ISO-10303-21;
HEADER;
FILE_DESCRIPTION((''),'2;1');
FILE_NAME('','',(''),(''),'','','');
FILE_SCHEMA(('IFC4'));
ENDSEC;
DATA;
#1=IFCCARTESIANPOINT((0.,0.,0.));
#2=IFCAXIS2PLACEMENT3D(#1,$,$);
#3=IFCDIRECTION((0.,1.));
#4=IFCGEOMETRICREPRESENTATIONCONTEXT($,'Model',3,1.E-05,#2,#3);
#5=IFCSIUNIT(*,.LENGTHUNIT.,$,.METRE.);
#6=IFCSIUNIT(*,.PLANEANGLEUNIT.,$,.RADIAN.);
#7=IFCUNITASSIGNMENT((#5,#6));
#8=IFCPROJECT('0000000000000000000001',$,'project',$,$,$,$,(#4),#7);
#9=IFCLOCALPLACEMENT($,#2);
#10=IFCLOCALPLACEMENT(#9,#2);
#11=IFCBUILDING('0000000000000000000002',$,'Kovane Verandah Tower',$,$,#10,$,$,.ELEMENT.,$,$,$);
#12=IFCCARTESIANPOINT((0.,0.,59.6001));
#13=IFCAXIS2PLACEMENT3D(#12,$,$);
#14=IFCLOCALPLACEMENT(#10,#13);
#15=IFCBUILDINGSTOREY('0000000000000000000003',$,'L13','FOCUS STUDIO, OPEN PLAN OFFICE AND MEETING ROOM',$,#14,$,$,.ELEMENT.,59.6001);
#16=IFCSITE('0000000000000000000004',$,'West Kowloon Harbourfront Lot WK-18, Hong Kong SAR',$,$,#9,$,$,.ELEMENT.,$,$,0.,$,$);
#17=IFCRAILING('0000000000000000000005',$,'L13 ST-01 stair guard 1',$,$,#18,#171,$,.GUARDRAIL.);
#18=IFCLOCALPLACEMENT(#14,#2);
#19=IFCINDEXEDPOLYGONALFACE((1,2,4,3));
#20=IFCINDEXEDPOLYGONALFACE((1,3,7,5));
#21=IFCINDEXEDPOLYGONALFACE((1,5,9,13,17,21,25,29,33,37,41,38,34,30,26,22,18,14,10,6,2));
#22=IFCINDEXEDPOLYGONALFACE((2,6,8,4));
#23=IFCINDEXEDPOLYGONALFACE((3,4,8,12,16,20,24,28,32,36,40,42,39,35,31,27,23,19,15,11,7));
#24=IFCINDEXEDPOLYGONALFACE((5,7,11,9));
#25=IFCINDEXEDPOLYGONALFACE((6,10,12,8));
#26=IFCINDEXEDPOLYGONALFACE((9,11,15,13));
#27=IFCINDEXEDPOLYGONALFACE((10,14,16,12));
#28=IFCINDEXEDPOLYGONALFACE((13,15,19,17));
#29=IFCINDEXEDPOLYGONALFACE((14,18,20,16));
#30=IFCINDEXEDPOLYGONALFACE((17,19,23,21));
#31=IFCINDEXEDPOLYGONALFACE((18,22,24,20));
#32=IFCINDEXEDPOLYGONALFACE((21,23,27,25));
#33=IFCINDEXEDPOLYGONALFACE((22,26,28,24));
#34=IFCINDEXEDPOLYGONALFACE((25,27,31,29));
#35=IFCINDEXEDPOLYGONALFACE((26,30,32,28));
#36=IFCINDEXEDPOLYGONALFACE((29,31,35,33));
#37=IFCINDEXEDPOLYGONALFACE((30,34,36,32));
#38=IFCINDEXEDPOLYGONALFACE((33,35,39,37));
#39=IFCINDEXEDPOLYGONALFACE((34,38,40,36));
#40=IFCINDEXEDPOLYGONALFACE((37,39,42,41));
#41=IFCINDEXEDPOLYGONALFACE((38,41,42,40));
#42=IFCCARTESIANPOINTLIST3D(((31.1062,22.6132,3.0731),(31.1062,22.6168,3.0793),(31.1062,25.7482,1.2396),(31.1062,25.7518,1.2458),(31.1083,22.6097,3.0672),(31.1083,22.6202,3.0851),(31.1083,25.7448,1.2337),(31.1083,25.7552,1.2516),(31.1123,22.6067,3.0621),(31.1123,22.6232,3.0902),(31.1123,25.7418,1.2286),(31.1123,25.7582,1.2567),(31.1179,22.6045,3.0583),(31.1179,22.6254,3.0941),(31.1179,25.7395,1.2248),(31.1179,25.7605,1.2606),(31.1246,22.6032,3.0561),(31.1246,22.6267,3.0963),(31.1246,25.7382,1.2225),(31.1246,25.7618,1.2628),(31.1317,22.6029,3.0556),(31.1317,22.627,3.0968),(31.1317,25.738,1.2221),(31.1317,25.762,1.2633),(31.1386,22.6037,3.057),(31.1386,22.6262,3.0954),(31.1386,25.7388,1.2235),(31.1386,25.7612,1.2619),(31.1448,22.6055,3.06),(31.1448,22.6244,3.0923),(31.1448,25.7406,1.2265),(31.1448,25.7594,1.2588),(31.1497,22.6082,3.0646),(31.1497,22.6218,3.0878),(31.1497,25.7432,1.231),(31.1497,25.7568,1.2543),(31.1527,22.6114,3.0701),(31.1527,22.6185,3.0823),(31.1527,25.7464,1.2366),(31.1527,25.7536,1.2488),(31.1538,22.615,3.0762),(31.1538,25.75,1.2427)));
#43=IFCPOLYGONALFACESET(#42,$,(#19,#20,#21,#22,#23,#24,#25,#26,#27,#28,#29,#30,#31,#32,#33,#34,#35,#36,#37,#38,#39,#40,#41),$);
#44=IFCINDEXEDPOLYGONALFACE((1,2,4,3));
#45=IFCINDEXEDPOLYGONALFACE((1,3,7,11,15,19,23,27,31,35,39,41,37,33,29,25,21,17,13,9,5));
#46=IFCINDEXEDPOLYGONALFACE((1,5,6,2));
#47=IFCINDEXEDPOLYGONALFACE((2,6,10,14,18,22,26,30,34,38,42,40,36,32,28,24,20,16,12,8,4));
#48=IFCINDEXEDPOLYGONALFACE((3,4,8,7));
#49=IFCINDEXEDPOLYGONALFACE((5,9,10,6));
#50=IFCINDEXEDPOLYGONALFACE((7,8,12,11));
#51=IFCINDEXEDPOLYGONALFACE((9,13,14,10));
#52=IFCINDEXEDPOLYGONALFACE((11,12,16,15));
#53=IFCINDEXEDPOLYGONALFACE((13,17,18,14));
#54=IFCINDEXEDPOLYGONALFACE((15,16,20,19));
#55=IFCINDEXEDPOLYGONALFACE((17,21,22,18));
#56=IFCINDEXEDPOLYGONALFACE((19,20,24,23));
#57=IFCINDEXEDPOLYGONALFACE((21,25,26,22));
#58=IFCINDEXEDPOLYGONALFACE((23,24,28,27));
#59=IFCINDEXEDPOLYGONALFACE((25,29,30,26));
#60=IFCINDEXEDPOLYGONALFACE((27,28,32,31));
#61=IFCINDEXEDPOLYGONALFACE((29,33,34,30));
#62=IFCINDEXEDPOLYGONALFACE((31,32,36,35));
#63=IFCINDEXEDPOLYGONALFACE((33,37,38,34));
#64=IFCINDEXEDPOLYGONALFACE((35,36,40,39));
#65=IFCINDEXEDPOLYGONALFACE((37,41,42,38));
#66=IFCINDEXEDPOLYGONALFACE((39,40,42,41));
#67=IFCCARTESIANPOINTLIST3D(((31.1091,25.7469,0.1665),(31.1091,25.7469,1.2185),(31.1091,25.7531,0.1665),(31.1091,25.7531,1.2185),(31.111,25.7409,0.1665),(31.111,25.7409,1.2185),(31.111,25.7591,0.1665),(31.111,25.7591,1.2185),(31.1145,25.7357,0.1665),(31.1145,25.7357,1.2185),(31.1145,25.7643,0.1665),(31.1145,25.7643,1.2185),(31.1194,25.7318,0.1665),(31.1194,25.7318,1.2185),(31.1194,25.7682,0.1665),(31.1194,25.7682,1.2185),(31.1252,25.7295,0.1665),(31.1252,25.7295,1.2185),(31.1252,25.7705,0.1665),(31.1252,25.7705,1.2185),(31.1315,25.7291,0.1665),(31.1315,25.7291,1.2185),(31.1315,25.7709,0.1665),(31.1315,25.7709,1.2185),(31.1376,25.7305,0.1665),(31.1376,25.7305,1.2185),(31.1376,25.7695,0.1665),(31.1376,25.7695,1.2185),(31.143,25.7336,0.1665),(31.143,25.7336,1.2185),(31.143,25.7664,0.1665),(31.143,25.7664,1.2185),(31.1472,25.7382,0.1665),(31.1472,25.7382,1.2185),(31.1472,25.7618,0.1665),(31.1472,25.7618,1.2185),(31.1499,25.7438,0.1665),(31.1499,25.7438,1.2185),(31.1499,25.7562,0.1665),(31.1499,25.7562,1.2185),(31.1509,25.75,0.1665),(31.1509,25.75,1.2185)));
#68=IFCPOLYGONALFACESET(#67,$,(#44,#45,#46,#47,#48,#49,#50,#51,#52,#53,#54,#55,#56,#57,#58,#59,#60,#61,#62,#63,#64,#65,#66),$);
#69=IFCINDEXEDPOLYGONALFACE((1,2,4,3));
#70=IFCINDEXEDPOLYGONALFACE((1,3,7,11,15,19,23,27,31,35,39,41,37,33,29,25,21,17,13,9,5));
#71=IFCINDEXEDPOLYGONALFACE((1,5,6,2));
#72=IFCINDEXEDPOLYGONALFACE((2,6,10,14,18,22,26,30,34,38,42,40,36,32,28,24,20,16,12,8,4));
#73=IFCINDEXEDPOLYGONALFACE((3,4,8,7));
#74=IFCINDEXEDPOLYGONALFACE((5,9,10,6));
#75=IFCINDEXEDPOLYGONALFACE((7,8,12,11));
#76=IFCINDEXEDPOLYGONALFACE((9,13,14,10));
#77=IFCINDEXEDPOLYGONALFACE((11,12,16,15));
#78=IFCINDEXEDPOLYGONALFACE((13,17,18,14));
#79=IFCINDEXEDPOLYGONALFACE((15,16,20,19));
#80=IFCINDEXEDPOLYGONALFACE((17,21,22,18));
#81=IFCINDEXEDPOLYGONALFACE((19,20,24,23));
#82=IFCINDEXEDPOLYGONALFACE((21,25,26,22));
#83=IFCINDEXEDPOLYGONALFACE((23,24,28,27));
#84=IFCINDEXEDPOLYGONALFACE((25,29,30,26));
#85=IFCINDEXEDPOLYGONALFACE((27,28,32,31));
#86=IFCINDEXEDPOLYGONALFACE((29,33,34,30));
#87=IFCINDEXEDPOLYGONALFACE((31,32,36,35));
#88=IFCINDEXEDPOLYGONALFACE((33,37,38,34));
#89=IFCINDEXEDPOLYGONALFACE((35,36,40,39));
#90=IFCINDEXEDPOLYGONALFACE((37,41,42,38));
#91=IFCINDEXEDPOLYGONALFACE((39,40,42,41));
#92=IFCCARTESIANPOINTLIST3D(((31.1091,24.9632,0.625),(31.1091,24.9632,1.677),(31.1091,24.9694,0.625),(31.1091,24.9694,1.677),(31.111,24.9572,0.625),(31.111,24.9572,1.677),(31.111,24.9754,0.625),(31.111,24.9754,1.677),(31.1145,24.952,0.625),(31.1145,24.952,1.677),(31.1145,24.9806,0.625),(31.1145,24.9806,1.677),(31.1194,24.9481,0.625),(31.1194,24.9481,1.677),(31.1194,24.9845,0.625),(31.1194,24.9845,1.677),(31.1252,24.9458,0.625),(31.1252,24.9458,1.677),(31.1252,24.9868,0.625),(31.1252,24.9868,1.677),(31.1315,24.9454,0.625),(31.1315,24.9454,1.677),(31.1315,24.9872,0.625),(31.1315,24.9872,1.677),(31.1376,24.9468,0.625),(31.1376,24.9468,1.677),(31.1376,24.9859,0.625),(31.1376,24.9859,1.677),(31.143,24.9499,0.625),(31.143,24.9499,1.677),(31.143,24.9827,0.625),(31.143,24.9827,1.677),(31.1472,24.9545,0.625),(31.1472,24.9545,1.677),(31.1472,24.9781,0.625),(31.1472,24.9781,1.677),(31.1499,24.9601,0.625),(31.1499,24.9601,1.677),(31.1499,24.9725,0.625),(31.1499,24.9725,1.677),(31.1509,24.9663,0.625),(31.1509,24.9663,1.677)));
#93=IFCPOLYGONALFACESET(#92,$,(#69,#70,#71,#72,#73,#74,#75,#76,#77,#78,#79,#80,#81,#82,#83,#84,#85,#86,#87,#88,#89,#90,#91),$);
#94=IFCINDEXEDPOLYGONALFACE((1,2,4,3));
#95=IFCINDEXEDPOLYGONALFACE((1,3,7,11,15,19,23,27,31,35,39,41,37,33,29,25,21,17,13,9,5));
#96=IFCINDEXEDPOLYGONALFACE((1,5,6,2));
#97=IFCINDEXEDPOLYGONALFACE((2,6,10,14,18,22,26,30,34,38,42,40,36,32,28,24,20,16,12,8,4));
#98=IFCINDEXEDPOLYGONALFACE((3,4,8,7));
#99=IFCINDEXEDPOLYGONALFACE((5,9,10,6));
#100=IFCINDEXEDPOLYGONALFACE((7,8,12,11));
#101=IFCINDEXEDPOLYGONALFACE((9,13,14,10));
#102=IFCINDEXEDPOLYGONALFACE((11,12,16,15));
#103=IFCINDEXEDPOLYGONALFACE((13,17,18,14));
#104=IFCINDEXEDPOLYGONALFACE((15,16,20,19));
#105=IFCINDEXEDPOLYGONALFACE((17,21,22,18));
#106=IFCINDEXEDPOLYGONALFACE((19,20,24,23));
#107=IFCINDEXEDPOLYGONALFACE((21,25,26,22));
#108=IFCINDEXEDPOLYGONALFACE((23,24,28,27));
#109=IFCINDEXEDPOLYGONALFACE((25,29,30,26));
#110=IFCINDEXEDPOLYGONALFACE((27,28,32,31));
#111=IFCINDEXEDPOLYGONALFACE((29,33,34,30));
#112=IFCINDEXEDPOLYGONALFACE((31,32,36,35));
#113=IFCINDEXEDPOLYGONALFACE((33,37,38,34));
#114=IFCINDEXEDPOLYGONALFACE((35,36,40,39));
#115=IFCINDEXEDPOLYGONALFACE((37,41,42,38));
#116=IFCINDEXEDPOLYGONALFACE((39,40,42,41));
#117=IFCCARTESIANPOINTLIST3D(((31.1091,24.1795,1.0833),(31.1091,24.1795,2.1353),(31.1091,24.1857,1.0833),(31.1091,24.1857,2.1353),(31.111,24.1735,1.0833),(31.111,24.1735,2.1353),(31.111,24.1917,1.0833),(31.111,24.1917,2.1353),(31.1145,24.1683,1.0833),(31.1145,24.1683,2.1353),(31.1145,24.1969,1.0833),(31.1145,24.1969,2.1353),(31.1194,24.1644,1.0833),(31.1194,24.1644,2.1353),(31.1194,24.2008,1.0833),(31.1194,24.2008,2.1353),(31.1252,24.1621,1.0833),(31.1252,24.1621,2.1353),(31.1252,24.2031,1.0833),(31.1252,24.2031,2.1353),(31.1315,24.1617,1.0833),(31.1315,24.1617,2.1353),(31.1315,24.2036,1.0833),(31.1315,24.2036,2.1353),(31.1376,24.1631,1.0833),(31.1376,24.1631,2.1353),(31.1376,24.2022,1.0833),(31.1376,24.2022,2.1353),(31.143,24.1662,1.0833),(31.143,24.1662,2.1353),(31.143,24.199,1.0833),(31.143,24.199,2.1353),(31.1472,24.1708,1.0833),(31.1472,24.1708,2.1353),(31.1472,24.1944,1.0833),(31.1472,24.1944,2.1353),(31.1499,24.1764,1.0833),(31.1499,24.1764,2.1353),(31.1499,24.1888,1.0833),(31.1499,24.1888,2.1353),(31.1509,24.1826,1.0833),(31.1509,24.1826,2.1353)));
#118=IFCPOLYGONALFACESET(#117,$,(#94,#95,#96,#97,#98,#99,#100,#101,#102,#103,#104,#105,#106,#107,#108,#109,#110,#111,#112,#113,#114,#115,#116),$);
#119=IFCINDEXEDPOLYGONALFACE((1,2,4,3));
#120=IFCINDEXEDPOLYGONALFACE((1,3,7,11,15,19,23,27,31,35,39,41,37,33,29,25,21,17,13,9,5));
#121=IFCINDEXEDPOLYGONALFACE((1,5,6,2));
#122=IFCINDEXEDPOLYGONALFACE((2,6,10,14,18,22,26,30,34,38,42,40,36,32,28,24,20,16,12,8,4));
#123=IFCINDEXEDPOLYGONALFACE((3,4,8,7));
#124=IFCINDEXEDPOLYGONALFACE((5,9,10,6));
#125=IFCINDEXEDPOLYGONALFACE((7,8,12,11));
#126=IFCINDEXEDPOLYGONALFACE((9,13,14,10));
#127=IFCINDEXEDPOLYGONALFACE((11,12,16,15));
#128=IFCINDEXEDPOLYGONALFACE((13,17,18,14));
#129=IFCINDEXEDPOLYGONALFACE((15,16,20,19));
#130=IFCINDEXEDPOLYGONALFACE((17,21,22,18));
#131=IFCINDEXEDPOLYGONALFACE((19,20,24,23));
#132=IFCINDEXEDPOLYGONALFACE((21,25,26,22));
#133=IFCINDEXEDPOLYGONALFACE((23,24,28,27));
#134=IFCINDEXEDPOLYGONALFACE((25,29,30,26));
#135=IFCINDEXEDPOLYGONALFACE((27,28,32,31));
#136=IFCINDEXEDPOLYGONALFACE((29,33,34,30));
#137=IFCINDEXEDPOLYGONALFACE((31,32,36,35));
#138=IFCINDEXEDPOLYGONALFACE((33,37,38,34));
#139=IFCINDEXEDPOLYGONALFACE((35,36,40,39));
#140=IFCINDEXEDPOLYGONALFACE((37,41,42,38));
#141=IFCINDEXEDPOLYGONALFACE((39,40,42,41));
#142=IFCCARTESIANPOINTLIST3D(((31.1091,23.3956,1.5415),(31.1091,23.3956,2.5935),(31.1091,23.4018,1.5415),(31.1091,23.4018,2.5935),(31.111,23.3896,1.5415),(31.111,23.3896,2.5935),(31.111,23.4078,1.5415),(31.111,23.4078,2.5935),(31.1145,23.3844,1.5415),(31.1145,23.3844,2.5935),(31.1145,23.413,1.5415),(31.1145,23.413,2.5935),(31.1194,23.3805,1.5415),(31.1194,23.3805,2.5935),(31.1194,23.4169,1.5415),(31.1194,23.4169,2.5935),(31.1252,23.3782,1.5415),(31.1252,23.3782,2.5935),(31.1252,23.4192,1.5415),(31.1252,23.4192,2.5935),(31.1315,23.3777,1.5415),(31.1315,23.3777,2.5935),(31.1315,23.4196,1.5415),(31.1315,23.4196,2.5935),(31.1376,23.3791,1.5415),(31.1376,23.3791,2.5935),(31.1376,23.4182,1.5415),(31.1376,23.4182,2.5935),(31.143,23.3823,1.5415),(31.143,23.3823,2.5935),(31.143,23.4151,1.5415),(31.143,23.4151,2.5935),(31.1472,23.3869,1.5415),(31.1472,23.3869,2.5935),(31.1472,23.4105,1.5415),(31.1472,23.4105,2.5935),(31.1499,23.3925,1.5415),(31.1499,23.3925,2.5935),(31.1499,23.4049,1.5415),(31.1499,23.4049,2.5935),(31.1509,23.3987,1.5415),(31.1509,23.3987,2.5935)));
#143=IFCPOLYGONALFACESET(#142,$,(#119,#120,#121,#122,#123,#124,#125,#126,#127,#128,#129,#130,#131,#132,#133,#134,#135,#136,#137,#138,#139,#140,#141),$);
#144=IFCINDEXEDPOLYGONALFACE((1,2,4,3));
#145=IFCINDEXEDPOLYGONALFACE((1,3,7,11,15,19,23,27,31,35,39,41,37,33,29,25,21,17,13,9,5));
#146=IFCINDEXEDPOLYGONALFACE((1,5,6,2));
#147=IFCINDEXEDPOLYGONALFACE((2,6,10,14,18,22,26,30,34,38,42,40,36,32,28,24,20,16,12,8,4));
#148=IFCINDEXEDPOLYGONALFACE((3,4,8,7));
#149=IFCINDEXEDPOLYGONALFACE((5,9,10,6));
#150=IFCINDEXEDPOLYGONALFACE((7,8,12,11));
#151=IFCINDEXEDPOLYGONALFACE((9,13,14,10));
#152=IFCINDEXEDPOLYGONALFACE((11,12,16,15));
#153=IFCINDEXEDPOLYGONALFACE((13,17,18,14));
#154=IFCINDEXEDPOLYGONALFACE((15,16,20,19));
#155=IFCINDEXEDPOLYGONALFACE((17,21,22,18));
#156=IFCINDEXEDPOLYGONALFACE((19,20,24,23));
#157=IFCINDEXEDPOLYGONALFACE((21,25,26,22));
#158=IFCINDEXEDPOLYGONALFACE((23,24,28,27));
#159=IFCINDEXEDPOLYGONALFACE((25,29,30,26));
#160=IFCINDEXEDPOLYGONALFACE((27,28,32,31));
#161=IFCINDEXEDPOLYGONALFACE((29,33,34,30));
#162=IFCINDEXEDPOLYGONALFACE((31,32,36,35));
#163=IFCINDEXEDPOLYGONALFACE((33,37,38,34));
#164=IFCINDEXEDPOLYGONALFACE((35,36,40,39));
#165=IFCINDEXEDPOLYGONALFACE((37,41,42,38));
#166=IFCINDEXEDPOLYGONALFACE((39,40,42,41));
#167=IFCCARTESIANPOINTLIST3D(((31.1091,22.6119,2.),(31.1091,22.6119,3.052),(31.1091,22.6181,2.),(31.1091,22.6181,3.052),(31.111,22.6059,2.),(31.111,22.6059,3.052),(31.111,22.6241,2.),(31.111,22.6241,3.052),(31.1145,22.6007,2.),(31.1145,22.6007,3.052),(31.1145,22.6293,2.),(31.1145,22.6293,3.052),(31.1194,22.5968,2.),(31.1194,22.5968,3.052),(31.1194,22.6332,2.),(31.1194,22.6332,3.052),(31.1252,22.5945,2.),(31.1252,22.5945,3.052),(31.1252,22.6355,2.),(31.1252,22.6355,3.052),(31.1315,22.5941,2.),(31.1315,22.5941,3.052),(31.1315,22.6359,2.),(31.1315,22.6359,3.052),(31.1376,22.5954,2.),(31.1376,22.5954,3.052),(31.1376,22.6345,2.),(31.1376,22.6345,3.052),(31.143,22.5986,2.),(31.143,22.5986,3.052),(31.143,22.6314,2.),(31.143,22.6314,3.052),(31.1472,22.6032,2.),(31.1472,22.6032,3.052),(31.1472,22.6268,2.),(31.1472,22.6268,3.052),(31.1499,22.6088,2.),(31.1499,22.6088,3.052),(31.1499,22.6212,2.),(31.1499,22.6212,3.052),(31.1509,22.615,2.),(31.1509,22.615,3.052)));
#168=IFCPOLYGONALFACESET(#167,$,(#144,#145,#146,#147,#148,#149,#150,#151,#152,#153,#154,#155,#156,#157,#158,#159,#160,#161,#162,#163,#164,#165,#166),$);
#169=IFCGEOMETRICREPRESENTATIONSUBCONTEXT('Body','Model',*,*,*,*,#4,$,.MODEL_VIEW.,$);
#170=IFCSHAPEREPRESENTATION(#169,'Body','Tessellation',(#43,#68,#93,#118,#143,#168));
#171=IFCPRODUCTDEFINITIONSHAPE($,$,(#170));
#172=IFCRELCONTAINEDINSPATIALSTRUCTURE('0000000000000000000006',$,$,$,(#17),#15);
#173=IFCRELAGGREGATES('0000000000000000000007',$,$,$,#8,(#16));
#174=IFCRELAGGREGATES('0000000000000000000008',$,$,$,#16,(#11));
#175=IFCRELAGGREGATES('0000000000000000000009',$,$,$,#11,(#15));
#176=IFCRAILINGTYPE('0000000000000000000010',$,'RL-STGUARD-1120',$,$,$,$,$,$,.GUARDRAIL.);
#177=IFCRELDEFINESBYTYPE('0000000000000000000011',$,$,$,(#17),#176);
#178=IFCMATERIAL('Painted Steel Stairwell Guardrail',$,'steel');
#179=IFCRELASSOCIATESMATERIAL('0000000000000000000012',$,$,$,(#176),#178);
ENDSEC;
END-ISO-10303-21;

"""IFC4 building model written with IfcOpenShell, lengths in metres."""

from ifc_helpers import new_model, si_unit, direction, frame, origin, origin_2d, place, context, subcontext, project, spatial, circle, extrude, material, type_object, element, save


model = new_model("IFC4")

# Units and contexts
model_context = context("Model", 3, precision=1e-05, world=origin(), true_north=direction((0.0, 1.0)))
body_context = subcontext(model_context, "Body", "Model", "MODEL_VIEW")
ifc_project = project(units=[si_unit("LENGTHUNIT", "METRE"), si_unit("PLANEANGLEUNIT", "RADIAN")], contexts=[model_context])

# Site, building, storey
site_placement = place(None, origin())
site = spatial("IfcSite", under=ifc_project, at=site_placement, Name="West Kowloon Harbourfront Lot WK-18, Hong Kong SAR", CompositionType="ELEMENT", RefElevation=0.0)
building_placement = place(site_placement, origin())
building = spatial("IfcBuilding", under=site, at=building_placement, Name="Kovane Verandah Tower", CompositionType="ELEMENT")
storey_placement = place(building_placement, frame((0.0, 0.0, 59.6001)))
storey = spatial("IfcBuildingStorey", under=building, at=storey_placement, Name="L13", Description="FOCUS STUDIO, OPEN PLAN OFFICE AND MEETING ROOM", CompositionType="ELEMENT", Elevation=59.6001)

# Railing
ifc_material_1 = material(Name="Painted Steel Stairwell Guardrail", Category="steel")
railing_type_1 = type_object("IfcRailingType", Name="RL-STGUARD-1120", PredefinedType="GUARDRAIL", material=ifc_material_1)
railing_1_placement = place(storey_placement, frame((31.1299, 25.75, 0.1665)))
element("IfcRailing", 1, at=railing_1_placement, inside=storey, type_object=railing_type_1, Name="L13 ST-01 stair guard 1", PredefinedType="GUARDRAIL", context=body_context, shape_type="SweptSolid", body=[
    extrude(circle(Radius=0.0239, at=origin_2d()), frame((0.0, 0.0, 1.0762), z_axis=(0.0, -0.86321, 0.504845), x_axis=(1.0, 0.0, 0.0)), (0.0, 0.0, 1.0), 3.6318),
    extrude(circle(Radius=0.021, at=origin_2d()), origin(), (0.0, 0.0, 1.0), 1.052),
    extrude(circle(Radius=0.021, at=origin_2d()), frame((0.0, -0.7837, 0.4585)), (0.0, 0.0, 1.0), 1.052),
    extrude(circle(Radius=0.021, at=origin_2d()), frame((0.0, -1.5674, 0.9167)), (0.0, 0.0, 1.0), 1.052),
    extrude(circle(Radius=0.021, at=origin_2d()), frame((0.0, -2.3513, 1.375)), (0.0, 0.0, 1.0), 1.052),
    extrude(circle(Radius=0.021, at=origin_2d()), frame((0.0, -3.135, 1.8335)), (0.0, 0.0, 1.0), 1.052),
])

save(model, "model.ifc")
